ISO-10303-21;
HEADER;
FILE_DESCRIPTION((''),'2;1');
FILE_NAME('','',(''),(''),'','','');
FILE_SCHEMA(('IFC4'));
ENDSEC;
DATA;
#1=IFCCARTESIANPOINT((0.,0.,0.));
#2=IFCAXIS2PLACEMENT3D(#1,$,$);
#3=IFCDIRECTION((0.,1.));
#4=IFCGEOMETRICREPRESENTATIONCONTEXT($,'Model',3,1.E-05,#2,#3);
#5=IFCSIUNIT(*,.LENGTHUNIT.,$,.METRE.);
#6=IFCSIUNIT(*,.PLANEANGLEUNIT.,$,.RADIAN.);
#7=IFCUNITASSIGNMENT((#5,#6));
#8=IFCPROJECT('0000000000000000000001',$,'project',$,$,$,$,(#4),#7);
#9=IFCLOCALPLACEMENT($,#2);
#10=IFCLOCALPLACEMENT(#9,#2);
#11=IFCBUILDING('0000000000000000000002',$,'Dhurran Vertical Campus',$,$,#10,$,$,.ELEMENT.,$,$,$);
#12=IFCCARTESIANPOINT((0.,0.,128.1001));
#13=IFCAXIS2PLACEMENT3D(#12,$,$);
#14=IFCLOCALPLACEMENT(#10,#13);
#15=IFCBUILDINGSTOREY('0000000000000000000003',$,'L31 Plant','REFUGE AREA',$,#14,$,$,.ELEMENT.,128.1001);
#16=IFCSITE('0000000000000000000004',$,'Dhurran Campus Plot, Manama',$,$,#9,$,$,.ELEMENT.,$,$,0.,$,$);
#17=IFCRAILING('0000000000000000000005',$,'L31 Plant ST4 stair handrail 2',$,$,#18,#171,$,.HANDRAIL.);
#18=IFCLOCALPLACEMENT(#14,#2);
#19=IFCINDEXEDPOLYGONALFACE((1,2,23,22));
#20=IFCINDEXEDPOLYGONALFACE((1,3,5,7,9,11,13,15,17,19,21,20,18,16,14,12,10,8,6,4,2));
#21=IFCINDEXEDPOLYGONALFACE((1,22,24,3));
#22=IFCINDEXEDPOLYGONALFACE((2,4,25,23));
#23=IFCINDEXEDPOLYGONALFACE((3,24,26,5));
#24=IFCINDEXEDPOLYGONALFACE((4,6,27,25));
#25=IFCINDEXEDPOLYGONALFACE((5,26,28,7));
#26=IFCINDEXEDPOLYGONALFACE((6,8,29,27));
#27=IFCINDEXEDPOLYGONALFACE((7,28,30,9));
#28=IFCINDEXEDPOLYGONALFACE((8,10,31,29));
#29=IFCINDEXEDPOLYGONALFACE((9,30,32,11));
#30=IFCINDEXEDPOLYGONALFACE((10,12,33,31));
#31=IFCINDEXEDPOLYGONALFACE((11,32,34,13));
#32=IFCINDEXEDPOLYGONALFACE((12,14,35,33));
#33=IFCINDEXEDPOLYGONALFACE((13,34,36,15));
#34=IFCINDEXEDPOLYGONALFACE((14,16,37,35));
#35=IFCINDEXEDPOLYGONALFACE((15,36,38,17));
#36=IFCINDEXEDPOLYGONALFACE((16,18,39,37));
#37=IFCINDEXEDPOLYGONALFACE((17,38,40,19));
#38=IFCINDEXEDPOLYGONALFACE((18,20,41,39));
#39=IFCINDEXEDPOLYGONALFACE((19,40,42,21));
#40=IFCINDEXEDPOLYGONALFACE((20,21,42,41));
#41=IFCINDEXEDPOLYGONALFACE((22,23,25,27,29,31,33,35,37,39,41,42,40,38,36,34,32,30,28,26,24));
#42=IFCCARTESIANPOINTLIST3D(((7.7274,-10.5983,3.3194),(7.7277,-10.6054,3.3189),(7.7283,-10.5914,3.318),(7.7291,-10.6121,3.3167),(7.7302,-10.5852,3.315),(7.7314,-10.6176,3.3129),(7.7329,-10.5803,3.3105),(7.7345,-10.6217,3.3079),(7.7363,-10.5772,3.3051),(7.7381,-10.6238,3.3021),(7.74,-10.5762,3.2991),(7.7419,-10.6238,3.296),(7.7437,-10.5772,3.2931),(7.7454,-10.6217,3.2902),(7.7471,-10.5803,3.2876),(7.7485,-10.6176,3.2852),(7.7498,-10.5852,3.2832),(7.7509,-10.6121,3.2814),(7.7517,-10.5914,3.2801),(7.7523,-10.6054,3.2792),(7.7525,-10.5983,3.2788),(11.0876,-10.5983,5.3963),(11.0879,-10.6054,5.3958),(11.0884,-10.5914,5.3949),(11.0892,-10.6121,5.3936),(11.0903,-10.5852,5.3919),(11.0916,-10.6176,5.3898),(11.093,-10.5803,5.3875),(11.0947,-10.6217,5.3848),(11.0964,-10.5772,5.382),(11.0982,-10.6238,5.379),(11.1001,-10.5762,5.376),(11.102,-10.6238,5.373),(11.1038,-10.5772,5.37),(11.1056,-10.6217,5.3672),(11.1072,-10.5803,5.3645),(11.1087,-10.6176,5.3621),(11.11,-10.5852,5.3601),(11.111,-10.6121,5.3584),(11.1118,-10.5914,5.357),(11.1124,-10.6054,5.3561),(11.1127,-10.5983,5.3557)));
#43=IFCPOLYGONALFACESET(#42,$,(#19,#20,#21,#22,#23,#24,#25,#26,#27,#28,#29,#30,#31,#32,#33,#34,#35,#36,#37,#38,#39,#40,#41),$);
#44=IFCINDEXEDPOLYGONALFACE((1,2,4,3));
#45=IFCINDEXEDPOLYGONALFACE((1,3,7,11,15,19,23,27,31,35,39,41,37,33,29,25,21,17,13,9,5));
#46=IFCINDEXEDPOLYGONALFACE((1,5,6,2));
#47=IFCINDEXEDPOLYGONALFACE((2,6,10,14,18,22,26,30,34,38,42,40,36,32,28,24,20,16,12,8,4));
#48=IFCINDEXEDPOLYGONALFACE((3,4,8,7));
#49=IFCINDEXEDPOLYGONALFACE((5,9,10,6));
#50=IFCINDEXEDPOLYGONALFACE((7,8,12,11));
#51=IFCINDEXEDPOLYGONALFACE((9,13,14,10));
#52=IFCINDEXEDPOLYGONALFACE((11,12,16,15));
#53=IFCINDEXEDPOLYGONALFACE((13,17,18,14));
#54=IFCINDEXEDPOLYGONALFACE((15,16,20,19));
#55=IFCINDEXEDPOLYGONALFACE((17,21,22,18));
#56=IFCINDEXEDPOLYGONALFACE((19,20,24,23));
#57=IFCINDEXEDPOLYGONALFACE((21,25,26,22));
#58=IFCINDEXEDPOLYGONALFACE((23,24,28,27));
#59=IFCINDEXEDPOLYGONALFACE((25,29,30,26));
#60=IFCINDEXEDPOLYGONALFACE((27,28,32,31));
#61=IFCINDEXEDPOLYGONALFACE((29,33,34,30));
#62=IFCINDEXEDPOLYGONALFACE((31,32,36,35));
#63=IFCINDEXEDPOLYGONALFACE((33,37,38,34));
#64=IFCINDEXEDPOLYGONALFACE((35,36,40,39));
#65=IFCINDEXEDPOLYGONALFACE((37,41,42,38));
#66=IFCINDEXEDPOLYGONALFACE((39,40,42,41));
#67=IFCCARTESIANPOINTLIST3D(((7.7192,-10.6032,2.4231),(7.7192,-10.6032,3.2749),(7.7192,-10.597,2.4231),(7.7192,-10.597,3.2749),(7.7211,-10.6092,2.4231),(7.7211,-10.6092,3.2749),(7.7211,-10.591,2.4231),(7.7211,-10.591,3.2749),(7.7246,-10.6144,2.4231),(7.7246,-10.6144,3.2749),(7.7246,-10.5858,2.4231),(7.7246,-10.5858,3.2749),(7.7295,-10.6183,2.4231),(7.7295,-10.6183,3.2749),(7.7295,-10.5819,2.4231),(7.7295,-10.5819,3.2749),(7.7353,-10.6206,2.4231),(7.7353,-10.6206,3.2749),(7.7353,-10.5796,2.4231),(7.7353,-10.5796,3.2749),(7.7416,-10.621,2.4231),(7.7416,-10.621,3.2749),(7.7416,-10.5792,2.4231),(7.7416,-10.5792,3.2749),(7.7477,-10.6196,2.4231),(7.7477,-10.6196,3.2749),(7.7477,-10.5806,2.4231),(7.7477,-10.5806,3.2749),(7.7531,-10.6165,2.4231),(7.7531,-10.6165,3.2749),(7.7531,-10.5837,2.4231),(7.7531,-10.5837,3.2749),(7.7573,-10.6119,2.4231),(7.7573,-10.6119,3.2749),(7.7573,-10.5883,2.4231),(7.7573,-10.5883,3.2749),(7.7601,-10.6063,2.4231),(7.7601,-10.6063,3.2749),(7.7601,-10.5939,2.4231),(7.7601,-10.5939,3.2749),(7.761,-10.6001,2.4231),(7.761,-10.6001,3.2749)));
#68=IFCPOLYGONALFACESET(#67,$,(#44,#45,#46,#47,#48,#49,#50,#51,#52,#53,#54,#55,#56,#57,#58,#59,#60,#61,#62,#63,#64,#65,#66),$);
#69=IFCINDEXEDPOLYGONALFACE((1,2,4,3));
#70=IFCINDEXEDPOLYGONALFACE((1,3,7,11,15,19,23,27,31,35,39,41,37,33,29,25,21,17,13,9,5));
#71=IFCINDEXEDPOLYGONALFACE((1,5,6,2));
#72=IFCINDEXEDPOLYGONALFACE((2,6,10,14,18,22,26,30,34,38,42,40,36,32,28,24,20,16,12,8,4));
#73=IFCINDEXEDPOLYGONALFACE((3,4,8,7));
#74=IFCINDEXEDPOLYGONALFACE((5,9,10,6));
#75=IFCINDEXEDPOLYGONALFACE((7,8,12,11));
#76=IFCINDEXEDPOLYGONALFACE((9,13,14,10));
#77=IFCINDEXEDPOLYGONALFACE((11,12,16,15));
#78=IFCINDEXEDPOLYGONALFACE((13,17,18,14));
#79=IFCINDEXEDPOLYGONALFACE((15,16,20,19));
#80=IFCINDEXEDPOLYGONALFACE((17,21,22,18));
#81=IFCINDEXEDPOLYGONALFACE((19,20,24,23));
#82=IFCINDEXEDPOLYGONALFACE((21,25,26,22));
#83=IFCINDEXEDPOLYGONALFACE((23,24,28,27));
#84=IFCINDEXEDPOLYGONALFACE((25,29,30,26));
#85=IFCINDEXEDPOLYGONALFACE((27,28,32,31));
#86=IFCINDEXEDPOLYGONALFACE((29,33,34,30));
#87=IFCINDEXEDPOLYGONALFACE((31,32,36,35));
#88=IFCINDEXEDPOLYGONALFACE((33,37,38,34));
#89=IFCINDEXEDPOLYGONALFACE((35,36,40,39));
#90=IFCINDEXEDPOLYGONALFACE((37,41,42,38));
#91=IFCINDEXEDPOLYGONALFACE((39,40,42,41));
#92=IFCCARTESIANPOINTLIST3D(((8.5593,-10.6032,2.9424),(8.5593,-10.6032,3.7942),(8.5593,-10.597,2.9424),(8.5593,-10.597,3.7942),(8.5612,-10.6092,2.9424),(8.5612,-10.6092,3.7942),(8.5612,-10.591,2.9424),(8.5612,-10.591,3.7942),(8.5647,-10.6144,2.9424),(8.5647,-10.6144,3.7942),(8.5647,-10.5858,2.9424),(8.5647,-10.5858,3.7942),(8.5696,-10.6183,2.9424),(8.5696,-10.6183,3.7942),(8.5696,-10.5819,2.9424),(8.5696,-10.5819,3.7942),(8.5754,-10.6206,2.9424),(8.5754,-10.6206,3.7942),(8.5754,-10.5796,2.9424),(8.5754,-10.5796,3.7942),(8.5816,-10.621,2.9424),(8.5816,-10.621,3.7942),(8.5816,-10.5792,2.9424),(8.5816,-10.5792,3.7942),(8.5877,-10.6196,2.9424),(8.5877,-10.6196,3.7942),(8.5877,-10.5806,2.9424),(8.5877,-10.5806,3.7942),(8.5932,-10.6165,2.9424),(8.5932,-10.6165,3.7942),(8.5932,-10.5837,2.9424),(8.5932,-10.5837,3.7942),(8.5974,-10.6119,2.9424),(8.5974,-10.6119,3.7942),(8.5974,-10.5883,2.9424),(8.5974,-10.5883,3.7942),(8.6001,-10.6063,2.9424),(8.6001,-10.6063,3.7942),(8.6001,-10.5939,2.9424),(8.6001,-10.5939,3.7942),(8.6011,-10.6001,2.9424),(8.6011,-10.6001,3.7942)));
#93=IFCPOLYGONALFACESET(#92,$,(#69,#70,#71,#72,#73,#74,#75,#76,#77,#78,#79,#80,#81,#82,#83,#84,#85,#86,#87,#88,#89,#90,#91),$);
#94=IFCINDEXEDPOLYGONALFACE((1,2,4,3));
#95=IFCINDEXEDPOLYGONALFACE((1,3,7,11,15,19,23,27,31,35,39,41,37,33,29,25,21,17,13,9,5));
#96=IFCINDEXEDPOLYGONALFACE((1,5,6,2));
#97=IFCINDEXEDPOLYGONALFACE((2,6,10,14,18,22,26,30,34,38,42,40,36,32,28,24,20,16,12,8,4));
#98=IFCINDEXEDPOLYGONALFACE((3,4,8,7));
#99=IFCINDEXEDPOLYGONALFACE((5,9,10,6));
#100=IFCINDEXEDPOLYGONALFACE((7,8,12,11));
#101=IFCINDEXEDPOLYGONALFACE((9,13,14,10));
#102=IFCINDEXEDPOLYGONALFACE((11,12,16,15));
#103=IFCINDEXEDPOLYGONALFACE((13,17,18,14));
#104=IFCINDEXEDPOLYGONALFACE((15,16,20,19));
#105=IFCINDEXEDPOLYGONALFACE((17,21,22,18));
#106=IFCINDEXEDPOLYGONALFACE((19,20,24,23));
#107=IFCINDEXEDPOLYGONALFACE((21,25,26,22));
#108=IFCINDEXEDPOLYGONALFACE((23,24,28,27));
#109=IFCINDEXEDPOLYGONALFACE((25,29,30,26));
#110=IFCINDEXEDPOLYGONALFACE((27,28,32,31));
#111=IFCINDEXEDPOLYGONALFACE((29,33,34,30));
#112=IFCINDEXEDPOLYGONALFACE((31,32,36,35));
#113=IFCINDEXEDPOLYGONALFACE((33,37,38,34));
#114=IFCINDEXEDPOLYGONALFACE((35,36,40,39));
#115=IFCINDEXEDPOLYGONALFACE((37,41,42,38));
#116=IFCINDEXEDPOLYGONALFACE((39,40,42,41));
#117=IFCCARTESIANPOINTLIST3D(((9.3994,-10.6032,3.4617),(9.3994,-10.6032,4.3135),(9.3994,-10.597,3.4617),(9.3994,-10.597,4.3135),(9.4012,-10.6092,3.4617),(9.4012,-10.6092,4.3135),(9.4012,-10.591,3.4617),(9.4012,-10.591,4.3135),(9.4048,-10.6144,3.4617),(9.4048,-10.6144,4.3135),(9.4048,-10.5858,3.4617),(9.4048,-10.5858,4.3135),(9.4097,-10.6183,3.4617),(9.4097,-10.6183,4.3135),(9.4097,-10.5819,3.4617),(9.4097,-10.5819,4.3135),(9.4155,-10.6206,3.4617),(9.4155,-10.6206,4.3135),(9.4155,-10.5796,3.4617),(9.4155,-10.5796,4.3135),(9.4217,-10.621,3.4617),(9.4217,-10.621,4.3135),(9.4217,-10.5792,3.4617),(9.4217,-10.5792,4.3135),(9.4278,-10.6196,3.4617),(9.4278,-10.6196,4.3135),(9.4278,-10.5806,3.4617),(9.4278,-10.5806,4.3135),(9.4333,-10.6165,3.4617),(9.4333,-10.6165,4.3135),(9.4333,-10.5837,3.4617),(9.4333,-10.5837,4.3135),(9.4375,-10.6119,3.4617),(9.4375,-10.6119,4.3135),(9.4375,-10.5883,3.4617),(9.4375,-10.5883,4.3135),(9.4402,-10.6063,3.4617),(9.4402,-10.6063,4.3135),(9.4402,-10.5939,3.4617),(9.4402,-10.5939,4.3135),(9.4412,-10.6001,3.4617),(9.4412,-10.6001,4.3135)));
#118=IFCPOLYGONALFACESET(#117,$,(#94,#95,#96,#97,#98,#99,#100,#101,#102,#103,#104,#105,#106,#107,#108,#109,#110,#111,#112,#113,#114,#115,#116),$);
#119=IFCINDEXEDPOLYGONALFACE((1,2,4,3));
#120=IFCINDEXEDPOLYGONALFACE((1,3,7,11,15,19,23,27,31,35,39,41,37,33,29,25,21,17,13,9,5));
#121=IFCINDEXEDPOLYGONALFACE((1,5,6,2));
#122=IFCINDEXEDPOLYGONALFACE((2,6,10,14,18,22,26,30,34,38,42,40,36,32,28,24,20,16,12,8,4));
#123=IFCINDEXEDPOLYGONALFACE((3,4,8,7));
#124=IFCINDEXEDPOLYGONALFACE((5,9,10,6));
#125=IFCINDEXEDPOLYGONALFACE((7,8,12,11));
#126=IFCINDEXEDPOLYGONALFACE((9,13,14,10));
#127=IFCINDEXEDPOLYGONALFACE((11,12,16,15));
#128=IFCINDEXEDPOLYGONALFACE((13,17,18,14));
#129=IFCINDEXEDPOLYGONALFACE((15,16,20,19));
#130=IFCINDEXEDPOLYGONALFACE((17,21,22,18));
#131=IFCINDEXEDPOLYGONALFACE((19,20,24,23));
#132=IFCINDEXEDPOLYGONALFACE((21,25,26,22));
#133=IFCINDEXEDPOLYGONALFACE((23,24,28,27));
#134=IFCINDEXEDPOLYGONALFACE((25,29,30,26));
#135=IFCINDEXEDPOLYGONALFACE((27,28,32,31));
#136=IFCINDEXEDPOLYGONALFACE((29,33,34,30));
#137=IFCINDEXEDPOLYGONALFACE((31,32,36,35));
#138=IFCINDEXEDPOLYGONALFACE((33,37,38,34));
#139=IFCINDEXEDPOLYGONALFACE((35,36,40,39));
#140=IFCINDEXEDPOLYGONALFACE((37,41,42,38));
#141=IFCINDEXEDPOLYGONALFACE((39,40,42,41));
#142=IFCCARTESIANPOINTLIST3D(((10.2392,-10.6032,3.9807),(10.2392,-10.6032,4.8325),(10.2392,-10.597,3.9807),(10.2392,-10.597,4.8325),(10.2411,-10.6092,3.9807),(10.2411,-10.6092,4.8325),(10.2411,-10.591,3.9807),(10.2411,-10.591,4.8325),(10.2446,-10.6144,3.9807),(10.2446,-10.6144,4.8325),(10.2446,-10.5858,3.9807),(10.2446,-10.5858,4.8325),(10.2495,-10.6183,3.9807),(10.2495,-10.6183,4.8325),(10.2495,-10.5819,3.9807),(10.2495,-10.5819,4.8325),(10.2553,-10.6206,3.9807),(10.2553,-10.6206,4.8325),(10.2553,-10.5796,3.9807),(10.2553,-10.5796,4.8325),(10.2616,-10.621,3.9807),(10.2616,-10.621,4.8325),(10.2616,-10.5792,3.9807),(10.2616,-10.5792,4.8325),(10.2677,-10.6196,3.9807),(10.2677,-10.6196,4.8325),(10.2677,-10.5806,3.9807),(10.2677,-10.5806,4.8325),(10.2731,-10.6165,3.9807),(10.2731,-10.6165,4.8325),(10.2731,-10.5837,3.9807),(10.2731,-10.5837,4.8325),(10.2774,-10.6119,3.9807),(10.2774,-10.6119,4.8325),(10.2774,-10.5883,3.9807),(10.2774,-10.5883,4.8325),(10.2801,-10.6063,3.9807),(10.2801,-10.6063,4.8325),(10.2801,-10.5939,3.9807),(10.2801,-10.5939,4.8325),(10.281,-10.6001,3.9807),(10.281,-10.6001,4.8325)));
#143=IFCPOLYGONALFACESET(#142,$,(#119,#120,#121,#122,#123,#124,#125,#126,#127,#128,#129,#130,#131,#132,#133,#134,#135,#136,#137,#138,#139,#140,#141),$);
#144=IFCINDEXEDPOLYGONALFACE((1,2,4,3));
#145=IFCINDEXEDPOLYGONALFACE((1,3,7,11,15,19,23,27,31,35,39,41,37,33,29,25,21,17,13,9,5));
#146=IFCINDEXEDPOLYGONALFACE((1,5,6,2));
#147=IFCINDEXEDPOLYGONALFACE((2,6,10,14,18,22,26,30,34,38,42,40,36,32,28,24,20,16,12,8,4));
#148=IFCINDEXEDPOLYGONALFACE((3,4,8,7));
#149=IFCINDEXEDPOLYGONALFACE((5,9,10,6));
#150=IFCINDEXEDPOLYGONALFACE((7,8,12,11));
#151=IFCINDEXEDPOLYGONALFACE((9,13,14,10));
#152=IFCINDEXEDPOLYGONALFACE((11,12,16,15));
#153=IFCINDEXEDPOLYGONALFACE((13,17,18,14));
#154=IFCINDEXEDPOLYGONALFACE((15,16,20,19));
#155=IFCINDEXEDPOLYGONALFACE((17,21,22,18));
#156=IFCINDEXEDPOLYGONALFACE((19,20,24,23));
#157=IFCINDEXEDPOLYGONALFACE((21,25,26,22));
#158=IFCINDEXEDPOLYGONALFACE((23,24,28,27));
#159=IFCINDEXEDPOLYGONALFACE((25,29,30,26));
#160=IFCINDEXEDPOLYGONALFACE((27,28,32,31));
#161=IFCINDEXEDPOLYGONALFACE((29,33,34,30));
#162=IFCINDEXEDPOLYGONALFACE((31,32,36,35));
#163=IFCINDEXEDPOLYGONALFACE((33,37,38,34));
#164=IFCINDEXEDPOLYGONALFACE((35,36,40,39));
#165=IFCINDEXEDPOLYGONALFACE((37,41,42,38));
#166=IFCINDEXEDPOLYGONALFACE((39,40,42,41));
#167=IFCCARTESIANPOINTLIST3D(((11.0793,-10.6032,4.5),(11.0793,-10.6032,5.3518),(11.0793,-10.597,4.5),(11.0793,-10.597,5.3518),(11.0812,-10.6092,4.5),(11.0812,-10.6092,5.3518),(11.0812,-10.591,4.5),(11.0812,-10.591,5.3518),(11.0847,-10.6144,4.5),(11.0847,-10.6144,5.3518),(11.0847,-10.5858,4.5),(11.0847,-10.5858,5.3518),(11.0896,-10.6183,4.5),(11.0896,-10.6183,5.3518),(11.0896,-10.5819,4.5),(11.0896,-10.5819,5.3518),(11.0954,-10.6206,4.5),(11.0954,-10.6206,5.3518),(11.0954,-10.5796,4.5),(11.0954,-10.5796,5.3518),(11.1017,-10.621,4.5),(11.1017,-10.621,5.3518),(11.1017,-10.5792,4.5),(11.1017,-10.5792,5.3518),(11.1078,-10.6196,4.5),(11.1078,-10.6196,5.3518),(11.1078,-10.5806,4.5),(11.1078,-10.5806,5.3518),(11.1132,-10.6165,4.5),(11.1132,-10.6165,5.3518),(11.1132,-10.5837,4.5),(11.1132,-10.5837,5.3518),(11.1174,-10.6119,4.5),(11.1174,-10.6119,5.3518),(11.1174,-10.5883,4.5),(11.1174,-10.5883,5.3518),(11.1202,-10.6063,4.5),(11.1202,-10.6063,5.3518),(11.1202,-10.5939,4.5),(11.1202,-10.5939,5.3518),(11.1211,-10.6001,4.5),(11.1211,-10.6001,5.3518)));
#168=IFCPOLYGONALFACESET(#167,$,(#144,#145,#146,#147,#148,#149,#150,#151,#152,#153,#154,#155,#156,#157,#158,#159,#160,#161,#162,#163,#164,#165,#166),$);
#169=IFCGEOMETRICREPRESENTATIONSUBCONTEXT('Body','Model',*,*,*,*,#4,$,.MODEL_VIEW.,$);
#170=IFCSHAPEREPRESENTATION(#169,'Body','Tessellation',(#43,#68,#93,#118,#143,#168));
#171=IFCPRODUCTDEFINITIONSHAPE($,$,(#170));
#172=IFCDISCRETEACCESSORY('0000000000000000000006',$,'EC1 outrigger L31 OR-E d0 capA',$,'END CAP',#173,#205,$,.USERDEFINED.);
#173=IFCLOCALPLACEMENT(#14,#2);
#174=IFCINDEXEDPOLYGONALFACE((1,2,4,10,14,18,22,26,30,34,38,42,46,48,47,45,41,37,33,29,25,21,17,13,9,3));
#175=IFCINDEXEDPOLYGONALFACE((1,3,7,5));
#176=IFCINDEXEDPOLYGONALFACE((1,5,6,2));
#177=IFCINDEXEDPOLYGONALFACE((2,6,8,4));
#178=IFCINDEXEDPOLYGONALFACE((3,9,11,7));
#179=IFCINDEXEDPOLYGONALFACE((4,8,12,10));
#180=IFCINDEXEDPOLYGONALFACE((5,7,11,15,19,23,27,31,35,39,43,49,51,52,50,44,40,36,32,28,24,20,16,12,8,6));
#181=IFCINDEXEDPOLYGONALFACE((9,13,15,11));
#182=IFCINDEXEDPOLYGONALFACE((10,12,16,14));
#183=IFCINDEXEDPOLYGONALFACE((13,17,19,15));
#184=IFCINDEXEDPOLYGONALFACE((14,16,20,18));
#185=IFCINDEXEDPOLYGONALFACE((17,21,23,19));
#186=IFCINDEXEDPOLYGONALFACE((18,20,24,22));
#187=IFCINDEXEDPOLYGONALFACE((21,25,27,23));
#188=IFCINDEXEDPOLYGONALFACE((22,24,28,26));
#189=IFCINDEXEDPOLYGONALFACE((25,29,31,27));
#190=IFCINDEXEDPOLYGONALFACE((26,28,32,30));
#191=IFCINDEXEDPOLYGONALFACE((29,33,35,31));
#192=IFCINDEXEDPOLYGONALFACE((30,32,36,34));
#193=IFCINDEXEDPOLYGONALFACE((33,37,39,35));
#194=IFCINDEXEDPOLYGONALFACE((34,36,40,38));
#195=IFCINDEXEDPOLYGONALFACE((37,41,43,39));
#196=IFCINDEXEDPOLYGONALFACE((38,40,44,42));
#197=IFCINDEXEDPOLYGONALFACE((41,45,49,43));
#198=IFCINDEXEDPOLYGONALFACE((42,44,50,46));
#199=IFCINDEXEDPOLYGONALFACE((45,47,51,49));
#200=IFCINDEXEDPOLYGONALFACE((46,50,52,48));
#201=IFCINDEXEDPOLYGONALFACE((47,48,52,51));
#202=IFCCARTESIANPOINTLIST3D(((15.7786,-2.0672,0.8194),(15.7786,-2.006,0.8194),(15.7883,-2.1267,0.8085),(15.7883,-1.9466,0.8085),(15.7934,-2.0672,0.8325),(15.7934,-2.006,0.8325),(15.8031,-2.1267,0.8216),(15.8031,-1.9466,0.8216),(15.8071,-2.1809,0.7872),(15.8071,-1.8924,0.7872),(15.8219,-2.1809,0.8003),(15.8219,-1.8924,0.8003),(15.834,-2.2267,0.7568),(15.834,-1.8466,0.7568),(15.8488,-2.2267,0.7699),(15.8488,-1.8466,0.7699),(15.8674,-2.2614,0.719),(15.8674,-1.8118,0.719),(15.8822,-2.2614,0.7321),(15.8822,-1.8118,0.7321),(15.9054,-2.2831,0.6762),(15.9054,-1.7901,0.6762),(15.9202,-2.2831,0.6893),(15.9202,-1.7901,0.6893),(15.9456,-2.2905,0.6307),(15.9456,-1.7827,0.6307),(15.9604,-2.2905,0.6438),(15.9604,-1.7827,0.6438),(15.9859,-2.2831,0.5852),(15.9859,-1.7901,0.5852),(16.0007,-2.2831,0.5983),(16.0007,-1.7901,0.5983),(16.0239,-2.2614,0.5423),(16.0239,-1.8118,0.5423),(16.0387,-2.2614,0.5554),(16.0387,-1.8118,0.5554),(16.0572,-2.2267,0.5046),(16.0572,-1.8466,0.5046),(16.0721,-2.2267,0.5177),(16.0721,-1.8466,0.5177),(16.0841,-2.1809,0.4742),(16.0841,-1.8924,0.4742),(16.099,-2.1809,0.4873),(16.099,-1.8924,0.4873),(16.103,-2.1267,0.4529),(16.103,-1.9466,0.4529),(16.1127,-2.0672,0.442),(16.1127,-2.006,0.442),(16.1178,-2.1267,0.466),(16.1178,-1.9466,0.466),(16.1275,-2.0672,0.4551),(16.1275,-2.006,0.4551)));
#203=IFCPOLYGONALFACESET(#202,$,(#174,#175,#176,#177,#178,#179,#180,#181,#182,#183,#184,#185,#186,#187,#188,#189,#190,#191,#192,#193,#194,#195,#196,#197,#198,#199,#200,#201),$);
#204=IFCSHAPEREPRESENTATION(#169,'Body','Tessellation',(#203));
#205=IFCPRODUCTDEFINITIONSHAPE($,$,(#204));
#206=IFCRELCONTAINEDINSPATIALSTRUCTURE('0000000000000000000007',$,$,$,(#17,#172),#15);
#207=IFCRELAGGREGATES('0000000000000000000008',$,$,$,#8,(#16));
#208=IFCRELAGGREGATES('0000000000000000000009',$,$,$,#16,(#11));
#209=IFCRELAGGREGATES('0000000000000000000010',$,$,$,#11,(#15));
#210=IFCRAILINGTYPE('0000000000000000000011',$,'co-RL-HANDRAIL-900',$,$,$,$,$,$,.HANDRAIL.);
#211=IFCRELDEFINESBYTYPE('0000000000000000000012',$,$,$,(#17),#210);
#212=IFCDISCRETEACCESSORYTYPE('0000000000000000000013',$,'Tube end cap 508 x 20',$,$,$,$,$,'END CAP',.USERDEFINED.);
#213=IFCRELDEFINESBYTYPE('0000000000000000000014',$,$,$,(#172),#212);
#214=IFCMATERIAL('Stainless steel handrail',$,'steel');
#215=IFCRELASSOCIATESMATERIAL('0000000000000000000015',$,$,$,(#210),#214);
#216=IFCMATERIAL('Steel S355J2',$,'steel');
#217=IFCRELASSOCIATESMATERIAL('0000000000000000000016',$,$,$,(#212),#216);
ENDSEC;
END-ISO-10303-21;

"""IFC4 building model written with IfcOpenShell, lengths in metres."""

from ifc_helpers import new_model, si_unit, direction, frame, origin, origin_2d, place, context, subcontext, project, spatial, circle, extrude, material, material_profile, profile_set, type_object, element, save


model = new_model("IFC4")

# Units and contexts
model_context = context("Model", 3, precision=1e-05, world=origin(), true_north=direction((0.0, 1.0)))
body_context = subcontext(model_context, "Body", "Model", "MODEL_VIEW")
ifc_project = project(units=[si_unit("LENGTHUNIT", "METRE"), si_unit("PLANEANGLEUNIT", "RADIAN")], contexts=[model_context])

# Site, building, storey
site_placement = place(None, origin())
site = spatial("IfcSite", under=ifc_project, at=site_placement, Name="Dhurran Campus Plot, Manama", CompositionType="ELEMENT", RefElevation=0.0)
building_placement = place(site_placement, origin())
building = spatial("IfcBuilding", under=site, at=building_placement, Name="Dhurran Vertical Campus", CompositionType="ELEMENT")
storey_placement = place(building_placement, frame((0.0, 0.0, 128.1001)))
storey = spatial("IfcBuildingStorey", under=building, at=storey_placement, Name="L31 Plant", Description="REFUGE AREA", CompositionType="ELEMENT", Elevation=128.1001)

# Railing
ifc_material_1 = material(Name="Stainless steel handrail", Category="steel")
railing_type_1 = type_object("IfcRailingType", Name="co-RL-HANDRAIL-900", PredefinedType="HANDRAIL", material=ifc_material_1)
railing_1_placement = place(storey_placement, frame((7.74, -10.6001, 2.4231)))
element("IfcRailing", 1, at=railing_1_placement, inside=storey, type_object=railing_type_1, Name="L31 Plant ST4 stair handrail 2", PredefinedType="HANDRAIL", context=body_context, shape_type="SweptSolid", body=[
    extrude(circle(Radius=0.0239, at=origin_2d()), frame((0.0, 0.0, 0.876), z_axis=(0.850623, 0.0, 0.525776), x_axis=(0.0, 1.0, 0.0)), (0.0, 0.0, 1.0), 3.9502),
    extrude(circle(Radius=0.021, at=origin_2d()), origin(), (0.0, 0.0, 1.0), 0.8518),
    extrude(circle(Radius=0.021, at=origin_2d()), frame((0.8401, 0.0, 0.5193)), (0.0, 0.0, 1.0), 0.8518),
    extrude(circle(Radius=0.021, at=origin_2d()), frame((1.6802, 0.0, 1.0386)), (0.0, 0.0, 1.0), 0.8518),
    extrude(circle(Radius=0.021, at=origin_2d()), frame((2.52, 0.0, 1.5576)), (0.0, 0.0, 1.0), 0.8518),
    extrude(circle(Radius=0.021, at=origin_2d()), frame((3.3601, 0.0, 2.0769)), (0.0, 0.0, 1.0), 0.8518),
])

# Discrete accessory
ifc_material_2 = material(Name="Steel S355J2", Category="steel")
ifc_material_profile_1 = material_profile(ifc_material_2, circle(Radius=0.2539, at=origin_2d()), Name="Tube end cap 508 x 20")
ifc_profile_set_1 = profile_set([ifc_material_profile_1], Name="Steel S355J2")
discrete_accessory_type = type_object("IfcDiscreteAccessoryType", Name="Tube end cap 508 x 20", ElementType="END CAP", PredefinedType="USERDEFINED", material=ifc_profile_set_1)
discrete_accessory_placement = place(storey_placement, frame((15.9604, -2.0366, 0.6438), z_axis=(-0.748762, 0.0, -0.662839), x_axis=(0.0, -1.0, 0.0)))
element("IfcDiscreteAccessory", 2, at=discrete_accessory_placement, inside=storey, type_object=discrete_accessory_type, Name="EC1 outrigger L31 OR-E d0 capA", ObjectType="END CAP", PredefinedType="USERDEFINED", context=body_context, shape_type="SweptSolid", body=[
    extrude(circle(Radius=0.2539, at=origin_2d()), origin(), (0.0, 0.0, 1.0), 0.0198),
])

save(model, "model.ifc")
